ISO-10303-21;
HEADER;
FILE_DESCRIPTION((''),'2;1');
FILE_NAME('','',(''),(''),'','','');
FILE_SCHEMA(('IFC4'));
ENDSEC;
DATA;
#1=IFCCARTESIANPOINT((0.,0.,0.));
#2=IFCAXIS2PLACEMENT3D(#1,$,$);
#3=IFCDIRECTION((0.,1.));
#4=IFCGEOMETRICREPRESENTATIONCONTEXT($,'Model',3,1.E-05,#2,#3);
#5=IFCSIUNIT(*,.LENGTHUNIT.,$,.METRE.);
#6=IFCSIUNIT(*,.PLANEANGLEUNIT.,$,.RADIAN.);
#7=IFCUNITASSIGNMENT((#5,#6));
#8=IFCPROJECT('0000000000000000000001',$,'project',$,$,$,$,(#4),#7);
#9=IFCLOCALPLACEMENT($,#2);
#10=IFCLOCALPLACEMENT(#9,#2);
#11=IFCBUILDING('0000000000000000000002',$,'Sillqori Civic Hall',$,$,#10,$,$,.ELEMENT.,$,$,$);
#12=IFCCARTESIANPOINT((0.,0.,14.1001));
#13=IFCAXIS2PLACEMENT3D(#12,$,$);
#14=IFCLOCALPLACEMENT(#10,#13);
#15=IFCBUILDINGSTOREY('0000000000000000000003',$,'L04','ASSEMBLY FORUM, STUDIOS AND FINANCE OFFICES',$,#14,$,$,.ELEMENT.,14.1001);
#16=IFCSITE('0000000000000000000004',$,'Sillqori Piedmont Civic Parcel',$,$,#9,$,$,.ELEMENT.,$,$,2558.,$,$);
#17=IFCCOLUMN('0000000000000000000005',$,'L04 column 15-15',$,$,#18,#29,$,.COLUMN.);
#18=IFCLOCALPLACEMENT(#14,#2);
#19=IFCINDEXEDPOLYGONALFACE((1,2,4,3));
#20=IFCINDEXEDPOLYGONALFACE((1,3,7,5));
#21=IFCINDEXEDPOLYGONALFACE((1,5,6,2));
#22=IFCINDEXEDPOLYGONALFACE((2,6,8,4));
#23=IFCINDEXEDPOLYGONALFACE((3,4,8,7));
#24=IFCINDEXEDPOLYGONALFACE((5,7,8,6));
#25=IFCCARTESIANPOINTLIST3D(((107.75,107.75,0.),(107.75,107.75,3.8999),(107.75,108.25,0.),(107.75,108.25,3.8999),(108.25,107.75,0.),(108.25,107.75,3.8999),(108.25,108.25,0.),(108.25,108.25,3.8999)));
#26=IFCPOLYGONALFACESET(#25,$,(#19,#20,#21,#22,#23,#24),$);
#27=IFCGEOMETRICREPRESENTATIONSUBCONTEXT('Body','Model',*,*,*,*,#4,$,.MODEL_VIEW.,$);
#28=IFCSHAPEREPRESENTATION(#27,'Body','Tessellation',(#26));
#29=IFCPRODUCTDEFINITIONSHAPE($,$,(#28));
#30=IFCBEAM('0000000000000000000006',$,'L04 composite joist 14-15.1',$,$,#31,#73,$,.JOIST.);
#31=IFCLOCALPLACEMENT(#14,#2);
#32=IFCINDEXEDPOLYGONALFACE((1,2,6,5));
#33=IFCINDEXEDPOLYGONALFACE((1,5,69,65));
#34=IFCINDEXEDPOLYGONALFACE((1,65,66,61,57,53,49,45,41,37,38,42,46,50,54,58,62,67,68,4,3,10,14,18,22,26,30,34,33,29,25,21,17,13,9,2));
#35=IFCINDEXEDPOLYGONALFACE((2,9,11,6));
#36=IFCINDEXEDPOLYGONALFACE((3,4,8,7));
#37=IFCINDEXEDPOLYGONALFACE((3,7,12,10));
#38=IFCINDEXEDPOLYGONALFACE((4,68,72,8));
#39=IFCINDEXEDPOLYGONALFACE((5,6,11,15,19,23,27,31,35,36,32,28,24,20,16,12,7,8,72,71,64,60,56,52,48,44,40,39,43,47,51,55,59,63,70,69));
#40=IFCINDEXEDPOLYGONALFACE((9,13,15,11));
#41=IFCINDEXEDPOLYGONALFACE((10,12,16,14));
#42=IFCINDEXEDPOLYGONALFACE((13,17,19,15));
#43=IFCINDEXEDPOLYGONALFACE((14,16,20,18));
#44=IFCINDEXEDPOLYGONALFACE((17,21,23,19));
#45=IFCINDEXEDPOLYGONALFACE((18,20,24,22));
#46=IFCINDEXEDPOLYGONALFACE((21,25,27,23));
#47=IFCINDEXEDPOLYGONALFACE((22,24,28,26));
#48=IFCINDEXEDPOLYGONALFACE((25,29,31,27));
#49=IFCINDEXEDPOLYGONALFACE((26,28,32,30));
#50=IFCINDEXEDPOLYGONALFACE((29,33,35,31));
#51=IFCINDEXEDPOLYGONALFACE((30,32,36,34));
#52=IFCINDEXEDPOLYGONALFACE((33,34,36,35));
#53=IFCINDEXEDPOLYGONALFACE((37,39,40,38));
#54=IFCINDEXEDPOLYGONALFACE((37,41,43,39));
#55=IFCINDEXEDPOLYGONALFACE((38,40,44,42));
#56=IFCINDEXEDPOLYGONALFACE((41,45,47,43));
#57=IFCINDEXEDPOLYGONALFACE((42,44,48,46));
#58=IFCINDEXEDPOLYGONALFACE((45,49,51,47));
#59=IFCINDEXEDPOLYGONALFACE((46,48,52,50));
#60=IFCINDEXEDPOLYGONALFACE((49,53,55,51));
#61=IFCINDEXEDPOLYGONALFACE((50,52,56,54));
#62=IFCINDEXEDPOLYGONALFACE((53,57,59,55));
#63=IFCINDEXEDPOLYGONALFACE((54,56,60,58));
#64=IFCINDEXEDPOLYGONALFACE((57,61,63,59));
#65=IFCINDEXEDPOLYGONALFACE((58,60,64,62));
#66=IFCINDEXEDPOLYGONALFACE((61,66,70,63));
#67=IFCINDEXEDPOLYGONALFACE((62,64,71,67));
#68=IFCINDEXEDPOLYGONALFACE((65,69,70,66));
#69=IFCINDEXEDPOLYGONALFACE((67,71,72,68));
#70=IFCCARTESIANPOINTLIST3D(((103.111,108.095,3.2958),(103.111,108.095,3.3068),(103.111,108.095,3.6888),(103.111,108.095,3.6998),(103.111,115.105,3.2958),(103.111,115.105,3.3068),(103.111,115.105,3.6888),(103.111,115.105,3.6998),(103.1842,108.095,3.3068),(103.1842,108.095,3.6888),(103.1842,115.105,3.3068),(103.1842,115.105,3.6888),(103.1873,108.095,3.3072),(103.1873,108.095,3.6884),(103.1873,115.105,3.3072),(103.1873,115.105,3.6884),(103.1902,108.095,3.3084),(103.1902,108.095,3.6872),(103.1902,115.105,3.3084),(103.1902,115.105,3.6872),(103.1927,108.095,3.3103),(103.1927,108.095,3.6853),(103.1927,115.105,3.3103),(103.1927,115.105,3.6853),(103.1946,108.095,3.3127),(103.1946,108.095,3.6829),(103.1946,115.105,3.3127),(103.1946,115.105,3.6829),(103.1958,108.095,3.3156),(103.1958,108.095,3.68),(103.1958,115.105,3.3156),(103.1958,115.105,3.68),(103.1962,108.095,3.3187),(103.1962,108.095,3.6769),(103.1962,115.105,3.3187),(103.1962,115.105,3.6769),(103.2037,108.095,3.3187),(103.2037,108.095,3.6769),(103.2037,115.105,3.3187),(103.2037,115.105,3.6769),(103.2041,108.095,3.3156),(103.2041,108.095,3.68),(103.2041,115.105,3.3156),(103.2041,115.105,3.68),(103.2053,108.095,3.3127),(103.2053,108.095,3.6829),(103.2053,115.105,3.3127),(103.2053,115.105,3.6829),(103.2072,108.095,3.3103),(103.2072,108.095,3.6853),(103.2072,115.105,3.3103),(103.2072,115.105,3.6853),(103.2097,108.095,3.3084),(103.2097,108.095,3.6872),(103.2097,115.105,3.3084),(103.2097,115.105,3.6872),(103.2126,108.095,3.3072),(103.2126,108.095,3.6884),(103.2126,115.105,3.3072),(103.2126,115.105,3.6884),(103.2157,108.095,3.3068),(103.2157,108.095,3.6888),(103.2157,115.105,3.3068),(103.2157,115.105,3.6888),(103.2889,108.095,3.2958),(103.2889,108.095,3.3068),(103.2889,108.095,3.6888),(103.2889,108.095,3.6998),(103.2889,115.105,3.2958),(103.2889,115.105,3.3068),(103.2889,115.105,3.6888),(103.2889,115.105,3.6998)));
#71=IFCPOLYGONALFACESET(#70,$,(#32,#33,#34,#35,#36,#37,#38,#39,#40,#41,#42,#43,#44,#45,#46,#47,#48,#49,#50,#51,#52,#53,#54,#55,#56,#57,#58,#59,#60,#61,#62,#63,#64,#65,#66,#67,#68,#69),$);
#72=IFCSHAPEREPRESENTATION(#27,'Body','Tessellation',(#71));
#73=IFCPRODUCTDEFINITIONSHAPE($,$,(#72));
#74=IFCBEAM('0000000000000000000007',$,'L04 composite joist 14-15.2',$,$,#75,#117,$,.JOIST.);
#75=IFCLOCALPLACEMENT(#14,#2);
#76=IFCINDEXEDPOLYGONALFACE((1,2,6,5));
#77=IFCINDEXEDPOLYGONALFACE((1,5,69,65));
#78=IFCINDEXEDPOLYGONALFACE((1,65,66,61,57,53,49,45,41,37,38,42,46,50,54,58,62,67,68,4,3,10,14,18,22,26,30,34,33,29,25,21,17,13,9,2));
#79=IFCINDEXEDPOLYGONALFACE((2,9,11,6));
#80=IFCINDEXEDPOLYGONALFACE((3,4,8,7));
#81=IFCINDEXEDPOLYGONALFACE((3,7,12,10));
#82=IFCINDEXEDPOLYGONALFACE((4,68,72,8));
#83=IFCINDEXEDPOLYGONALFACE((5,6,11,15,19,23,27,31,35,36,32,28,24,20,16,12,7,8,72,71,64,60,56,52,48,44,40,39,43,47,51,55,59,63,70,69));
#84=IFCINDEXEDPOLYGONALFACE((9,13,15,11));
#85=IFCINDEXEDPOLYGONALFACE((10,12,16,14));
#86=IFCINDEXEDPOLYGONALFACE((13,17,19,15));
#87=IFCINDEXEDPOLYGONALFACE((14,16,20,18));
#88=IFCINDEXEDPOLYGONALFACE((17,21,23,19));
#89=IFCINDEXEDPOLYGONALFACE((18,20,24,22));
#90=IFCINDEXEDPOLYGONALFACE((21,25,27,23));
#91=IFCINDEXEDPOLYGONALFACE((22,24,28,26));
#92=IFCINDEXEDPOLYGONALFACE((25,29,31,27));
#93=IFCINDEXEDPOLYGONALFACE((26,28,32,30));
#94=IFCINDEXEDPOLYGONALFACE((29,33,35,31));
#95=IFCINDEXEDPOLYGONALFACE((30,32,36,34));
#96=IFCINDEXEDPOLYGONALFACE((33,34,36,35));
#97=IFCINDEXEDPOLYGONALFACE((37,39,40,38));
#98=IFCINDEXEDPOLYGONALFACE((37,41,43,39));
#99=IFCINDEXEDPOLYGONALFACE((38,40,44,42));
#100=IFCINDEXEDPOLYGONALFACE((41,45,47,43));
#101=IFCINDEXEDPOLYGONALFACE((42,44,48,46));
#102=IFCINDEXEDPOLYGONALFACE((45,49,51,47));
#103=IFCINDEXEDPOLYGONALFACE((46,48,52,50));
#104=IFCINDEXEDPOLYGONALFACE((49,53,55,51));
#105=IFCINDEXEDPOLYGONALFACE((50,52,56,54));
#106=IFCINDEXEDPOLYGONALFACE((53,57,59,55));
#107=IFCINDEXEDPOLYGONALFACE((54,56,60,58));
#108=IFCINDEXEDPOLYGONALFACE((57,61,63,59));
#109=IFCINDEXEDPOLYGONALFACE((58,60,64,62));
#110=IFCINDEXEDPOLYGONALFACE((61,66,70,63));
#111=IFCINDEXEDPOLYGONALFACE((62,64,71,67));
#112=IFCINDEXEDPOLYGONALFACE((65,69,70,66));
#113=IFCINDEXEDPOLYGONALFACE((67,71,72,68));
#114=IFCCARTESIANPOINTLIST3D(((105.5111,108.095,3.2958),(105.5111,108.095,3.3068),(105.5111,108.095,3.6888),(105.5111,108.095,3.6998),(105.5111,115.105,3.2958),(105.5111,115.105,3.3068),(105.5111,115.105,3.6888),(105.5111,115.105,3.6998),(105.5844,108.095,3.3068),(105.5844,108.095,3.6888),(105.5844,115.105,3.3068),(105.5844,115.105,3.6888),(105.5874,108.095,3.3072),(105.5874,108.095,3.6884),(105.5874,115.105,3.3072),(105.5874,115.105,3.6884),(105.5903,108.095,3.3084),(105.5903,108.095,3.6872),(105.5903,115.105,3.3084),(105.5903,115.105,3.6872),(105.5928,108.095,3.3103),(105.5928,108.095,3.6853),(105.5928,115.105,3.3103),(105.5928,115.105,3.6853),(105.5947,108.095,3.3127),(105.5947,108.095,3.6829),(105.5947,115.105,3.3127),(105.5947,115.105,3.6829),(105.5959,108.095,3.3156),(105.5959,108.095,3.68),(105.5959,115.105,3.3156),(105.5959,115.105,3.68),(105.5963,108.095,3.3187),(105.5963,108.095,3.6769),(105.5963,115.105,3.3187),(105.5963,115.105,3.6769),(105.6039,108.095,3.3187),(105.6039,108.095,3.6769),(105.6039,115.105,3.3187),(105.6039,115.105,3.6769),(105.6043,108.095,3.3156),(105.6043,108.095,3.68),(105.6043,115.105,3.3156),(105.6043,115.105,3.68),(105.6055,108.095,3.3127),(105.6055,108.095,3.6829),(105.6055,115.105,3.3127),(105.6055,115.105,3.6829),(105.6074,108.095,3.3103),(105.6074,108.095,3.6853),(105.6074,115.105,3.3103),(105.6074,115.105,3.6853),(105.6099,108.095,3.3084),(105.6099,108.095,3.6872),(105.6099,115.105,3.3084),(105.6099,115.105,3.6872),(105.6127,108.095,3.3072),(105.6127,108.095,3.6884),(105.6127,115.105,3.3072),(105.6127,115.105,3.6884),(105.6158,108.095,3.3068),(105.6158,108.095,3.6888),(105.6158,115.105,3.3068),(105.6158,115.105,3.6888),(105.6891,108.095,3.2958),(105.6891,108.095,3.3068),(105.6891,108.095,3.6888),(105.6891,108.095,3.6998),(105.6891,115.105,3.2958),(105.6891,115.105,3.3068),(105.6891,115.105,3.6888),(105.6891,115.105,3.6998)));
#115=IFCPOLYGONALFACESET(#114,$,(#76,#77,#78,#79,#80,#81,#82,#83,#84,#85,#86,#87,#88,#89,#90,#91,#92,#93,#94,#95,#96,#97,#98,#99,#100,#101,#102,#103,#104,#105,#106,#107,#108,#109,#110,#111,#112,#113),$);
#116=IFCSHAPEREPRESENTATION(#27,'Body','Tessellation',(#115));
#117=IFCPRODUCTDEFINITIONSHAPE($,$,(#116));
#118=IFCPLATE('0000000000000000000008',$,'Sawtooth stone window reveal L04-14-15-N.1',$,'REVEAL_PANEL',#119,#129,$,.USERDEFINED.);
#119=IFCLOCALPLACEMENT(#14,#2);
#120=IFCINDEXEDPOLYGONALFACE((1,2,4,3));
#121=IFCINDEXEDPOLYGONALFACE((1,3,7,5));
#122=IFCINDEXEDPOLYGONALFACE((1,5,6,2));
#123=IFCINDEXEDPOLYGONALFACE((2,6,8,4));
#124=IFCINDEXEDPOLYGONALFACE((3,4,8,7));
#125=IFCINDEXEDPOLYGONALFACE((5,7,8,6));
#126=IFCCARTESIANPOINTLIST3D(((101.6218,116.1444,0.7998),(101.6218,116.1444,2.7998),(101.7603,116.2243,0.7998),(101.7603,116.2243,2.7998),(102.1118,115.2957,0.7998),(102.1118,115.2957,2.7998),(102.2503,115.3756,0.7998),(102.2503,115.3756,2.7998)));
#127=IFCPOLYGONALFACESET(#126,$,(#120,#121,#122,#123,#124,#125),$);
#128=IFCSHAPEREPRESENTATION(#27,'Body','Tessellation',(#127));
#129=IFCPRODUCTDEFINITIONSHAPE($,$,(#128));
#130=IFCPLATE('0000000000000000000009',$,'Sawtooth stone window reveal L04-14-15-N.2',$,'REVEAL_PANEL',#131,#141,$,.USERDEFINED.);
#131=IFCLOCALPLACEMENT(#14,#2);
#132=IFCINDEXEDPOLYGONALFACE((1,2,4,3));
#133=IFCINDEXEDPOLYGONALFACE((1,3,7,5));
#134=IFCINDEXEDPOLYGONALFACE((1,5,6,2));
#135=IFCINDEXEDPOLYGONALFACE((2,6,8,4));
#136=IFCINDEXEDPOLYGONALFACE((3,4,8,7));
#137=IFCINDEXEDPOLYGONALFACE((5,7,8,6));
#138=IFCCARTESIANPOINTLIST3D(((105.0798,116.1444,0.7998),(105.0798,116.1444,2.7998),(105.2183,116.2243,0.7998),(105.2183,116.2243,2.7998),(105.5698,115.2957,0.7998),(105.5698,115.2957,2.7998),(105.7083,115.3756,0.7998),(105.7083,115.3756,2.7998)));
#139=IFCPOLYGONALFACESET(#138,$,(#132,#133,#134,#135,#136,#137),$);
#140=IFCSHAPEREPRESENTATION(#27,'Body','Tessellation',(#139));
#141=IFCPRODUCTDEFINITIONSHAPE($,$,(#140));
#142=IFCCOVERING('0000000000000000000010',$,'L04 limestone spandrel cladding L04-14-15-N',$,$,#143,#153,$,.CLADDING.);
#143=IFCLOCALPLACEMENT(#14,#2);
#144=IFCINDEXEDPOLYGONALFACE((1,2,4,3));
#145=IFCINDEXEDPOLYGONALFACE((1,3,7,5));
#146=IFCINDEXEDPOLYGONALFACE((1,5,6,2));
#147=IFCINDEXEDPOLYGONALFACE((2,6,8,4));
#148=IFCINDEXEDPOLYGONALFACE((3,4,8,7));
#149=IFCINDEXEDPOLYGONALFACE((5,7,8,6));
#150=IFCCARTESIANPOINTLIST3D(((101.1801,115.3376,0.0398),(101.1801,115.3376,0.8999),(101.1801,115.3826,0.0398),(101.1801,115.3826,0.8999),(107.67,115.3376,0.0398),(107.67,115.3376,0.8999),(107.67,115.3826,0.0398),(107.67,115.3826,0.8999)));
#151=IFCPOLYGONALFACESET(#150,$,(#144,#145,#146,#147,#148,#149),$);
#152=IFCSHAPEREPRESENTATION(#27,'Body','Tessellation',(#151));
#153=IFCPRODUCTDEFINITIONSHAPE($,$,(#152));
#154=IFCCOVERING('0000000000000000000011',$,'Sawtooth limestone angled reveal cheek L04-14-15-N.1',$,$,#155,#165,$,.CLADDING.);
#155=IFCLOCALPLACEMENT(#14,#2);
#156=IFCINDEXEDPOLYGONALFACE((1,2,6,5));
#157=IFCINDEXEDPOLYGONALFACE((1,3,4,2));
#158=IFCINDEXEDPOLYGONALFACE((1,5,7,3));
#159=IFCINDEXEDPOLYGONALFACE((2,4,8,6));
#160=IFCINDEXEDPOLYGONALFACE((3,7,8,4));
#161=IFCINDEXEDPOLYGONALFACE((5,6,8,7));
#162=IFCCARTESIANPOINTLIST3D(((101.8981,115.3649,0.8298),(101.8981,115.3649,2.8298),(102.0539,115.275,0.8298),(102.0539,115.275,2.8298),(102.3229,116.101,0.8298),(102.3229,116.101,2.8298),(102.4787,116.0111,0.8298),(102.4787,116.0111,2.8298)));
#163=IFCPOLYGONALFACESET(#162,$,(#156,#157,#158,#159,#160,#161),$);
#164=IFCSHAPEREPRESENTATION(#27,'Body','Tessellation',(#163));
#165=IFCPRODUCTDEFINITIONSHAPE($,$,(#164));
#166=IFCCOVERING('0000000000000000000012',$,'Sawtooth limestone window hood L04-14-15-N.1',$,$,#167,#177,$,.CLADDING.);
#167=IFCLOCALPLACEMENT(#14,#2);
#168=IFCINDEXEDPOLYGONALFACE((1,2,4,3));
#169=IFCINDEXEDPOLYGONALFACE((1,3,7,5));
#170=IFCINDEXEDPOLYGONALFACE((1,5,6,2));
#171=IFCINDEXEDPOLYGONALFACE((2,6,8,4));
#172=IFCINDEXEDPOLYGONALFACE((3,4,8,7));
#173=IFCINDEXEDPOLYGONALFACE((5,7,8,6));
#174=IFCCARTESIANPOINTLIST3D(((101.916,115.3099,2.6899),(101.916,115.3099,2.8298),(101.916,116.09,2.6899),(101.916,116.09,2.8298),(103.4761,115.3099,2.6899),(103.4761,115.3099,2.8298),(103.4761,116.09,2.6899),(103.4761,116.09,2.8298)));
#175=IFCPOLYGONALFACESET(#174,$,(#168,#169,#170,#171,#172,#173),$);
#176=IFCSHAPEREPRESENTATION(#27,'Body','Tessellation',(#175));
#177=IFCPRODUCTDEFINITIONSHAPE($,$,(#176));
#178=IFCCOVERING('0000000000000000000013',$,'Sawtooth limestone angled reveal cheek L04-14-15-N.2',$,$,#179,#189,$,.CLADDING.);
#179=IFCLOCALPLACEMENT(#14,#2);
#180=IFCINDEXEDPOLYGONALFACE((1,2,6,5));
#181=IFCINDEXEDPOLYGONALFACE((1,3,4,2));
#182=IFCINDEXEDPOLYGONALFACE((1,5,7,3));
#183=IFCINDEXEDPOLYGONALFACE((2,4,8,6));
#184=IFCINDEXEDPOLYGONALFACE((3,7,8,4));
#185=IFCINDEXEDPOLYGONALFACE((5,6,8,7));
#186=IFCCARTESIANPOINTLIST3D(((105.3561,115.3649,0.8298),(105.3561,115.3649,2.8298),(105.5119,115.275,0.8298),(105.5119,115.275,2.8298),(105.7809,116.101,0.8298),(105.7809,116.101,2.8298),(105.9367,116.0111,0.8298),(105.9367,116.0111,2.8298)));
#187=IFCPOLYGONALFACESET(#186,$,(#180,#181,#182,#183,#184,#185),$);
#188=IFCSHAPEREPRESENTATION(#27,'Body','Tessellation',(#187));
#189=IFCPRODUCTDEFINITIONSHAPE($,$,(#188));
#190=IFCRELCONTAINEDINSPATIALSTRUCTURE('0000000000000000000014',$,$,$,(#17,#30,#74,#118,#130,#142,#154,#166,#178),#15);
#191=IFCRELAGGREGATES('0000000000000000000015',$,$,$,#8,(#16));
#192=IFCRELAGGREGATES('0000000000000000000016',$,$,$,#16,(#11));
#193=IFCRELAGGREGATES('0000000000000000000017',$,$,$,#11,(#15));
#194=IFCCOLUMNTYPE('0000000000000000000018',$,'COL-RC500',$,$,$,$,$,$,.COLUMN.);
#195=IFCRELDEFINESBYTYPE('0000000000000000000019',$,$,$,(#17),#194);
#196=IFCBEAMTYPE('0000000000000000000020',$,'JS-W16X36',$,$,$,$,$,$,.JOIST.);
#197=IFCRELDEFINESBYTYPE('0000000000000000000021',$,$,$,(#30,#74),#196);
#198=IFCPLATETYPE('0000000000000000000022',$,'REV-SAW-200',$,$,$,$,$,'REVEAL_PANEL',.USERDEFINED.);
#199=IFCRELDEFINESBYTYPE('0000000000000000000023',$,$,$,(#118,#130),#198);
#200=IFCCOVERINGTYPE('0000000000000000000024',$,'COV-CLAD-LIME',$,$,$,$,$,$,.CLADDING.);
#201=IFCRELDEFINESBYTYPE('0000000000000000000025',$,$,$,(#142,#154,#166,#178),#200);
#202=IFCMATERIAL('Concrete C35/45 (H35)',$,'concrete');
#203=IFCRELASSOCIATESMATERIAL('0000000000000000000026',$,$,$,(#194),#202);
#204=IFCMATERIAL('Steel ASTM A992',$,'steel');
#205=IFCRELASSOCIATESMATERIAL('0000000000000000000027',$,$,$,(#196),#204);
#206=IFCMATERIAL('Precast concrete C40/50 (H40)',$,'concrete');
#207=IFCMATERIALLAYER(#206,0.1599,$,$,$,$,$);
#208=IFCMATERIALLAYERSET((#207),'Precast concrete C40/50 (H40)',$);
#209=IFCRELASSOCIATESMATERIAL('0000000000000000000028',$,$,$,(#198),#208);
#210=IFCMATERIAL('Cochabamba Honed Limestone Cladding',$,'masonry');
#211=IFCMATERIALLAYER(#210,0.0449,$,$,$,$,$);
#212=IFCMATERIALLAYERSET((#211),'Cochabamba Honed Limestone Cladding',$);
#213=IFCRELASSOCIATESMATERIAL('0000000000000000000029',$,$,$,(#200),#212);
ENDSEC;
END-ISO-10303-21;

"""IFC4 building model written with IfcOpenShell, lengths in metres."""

from ifc_helpers import new_model, si_unit, direction, frame, frame_2d, origin, origin_2d, place, context, subcontext, project, spatial, rectangle, i_section, extrude, material, layer, layer_set, material_profile, profile_set, type_object, element, save


model = new_model("IFC4")

# Units and contexts
model_context = context("Model", 3, precision=1e-05, world=origin(), true_north=direction((0.0, 1.0)))
body_context = subcontext(model_context, "Body", "Model", "MODEL_VIEW")
ifc_project = project(units=[si_unit("LENGTHUNIT", "METRE"), si_unit("PLANEANGLEUNIT", "RADIAN")], contexts=[model_context])

# Site, building, storey
site_placement = place(None, origin())
site = spatial("IfcSite", under=ifc_project, at=site_placement, Name="Sillqori Piedmont Civic Parcel", CompositionType="ELEMENT", RefElevation=2558.0)
building_placement = place(site_placement, origin())
building = spatial("IfcBuilding", under=site, at=building_placement, Name="Sillqori Civic Hall", CompositionType="ELEMENT")
storey_placement = place(building_placement, frame((0.0, 0.0, 14.1001)))
storey = spatial("IfcBuildingStorey", under=building, at=storey_placement, Name="L04", Description="ASSEMBLY FORUM, STUDIOS AND FINANCE OFFICES", CompositionType="ELEMENT", Elevation=14.1001)

# Column
ifc_material_1 = material(Name="Concrete C35/45 (H35)", Category="concrete")
ifc_material_profile_1 = material_profile(ifc_material_1, rectangle(XDim=0.5, YDim=0.5, at=origin_2d()), Name="RC 500x500")
ifc_profile_set_1 = profile_set([ifc_material_profile_1], Name="Concrete C35/45 (H35)")
column_type = type_object("IfcColumnType", Name="COL-RC500", PredefinedType="COLUMN", material=ifc_profile_set_1)
column_placement = place(storey_placement, frame((108.0, 108.0, 0.0), z_axis=(0.0, 0.0, 1.0), x_axis=(1.0, 0.0, 0.0)))
element("IfcColumn", 1, at=column_placement, inside=storey, type_object=column_type, Name="L04 column 15-15", PredefinedType="COLUMN", context=body_context, shape_type="SweptSolid", body=[
    extrude(rectangle(XDim=0.5, YDim=0.5, at=origin_2d()), origin(), (0.0, 0.0, 1.0), 3.8999),
])

# Beams
ifc_material_2 = material(Name="Steel ASTM A992", Category="steel")
ifc_material_profile_2 = material_profile(ifc_material_2, i_section(OverallWidth=0.178, OverallDepth=0.4041, WebThickness=0.0076, FlangeThickness=0.011, FilletRadius=0.012, at=origin_2d()), Name="W16X36")
ifc_profile_set_2 = profile_set([ifc_material_profile_2], Name="Steel ASTM A992")
beam_type = type_object("IfcBeamType", Name="JS-W16X36", PredefinedType="JOIST", material=ifc_profile_set_2)
for number, where, z_axis, x_axis, name in (
    (2, (103.2, 108.095, 3.4978), (0.0, 1.0, 0.0), (-1.0, 0.0, 0.0), "L04 composite joist 14-15.1"),
    (3, (105.6001, 108.095, 3.4978), (0.0, 1.0, 0.0), (-1.0, 0.0, 0.0), "L04 composite joist 14-15.2"),
):
    element("IfcBeam", number, at=place(storey_placement, frame(where, z_axis=z_axis, x_axis=x_axis)), inside=storey, type_object=beam_type, Name=name, PredefinedType="JOIST", context=body_context, shape_type="SweptSolid", body=[
        extrude(i_section(OverallWidth=0.178, OverallDepth=0.4041, WebThickness=0.0076, FlangeThickness=0.011, FilletRadius=0.012, at=origin_2d()), origin(), (0.0, 0.0, 1.0), 7.01),
    ])

# Plates
ifc_material_3 = material(Name="Precast concrete C40/50 (H40)", Category="concrete")
ifc_layer_1 = layer(ifc_material_3, 0.1599)
ifc_layer_set_1 = layer_set([ifc_layer_1], Name="Precast concrete C40/50 (H40)")
plate_type = type_object("IfcPlateType", Name="REV-SAW-200", ElementType="REVEAL_PANEL", PredefinedType="USERDEFINED", material=ifc_layer_set_1)
for number, where, z_axis, x_axis, name in (
    (4, (101.936, 115.76, 0.7998), (0.0, 0.0, 1.0), (0.866025, 0.5, 0.0), "Sawtooth stone window reveal L04-14-15-N.1"),
    (5, (105.394, 115.76, 0.7998), (0.0, 0.0, 1.0), (0.866025, 0.5, 0.0), "Sawtooth stone window reveal L04-14-15-N.2"),
):
    element("IfcPlate", number, at=place(storey_placement, frame(where, z_axis=z_axis, x_axis=x_axis)), inside=storey, type_object=plate_type, Name=name, ObjectType="REVEAL_PANEL", PredefinedType="USERDEFINED", context=body_context, shape_type="SweptSolid", body=[
        extrude(rectangle(XDim=0.1599, YDim=0.98, at=origin_2d()), origin(), (0.0, 0.0, 1.0), 2.0),
    ])

# Coverings
ifc_material_4 = material(Name="Cochabamba Honed Limestone Cladding", Category="masonry")
ifc_layer_2 = layer(ifc_material_4, 0.0449)
ifc_layer_set_2 = layer_set([ifc_layer_2], Name="Cochabamba Honed Limestone Cladding")
covering_type = type_object("IfcCoveringType", Name="COV-CLAD-LIME", PredefinedType="CLADDING", material=ifc_layer_set_2)
covering_1_placement = place(storey_placement, frame((101.1799, 115.3601, 0.0398), z_axis=(0.0, 0.0, 1.0), x_axis=(1.0, 0.0, 0.0)))
element("IfcCovering", 6, at=covering_1_placement, inside=storey, type_object=covering_type, Name="L04 limestone spandrel cladding L04-14-15-N", PredefinedType="CLADDING", context=body_context, shape_type="SweptSolid", body=[
    extrude(rectangle(XDim=6.49, YDim=0.0449, at=frame_2d((3.2451, 0.0))), origin(), (0.0, 0.0, 1.0), 0.8601),
])
covering_2_placement = place(storey_placement, frame((101.9761, 115.3201, 0.8298), z_axis=(0.0, 0.0, 1.0), x_axis=(0.499847, 0.866114, 0.0)))
element("IfcCovering", 7, at=covering_2_placement, inside=storey, type_object=covering_type, Name="Sawtooth limestone angled reveal cheek L04-14-15-N.1", PredefinedType="CLADDING", context=body_context, shape_type="SweptSolid", body=[
    extrude(rectangle(XDim=0.8499, YDim=0.1799, at=frame_2d((0.4248, 0.0))), origin(), (0.0, 0.0, 1.0), 2.0),
])
covering_3_placement = place(storey_placement, frame((101.916, 115.7, 2.6899), z_axis=(0.0, 0.0, 1.0), x_axis=(1.0, 0.0, 0.0)))
element("IfcCovering", 8, at=covering_3_placement, inside=storey, type_object=covering_type, Name="Sawtooth limestone window hood L04-14-15-N.1", PredefinedType="CLADDING", context=body_context, shape_type="SweptSolid", body=[
    extrude(rectangle(XDim=1.5601, YDim=0.78, at=frame_2d((0.78, 0.0))), origin(), (0.0, 0.0, 1.0), 0.1399),
])
covering_4_placement = place(storey_placement, frame((105.4341, 115.3201, 0.8298), z_axis=(0.0, 0.0, 1.0), x_axis=(0.499847, 0.866114, 0.0)))
element("IfcCovering", 9, at=covering_4_placement, inside=storey, type_object=covering_type, Name="Sawtooth limestone angled reveal cheek L04-14-15-N.2", PredefinedType="CLADDING", context=body_context, shape_type="SweptSolid", body=[
    extrude(rectangle(XDim=0.8499, YDim=0.1799, at=frame_2d((0.4248, 0.0))), origin(), (0.0, 0.0, 1.0), 2.0),
])

save(model, "model.ifc")
